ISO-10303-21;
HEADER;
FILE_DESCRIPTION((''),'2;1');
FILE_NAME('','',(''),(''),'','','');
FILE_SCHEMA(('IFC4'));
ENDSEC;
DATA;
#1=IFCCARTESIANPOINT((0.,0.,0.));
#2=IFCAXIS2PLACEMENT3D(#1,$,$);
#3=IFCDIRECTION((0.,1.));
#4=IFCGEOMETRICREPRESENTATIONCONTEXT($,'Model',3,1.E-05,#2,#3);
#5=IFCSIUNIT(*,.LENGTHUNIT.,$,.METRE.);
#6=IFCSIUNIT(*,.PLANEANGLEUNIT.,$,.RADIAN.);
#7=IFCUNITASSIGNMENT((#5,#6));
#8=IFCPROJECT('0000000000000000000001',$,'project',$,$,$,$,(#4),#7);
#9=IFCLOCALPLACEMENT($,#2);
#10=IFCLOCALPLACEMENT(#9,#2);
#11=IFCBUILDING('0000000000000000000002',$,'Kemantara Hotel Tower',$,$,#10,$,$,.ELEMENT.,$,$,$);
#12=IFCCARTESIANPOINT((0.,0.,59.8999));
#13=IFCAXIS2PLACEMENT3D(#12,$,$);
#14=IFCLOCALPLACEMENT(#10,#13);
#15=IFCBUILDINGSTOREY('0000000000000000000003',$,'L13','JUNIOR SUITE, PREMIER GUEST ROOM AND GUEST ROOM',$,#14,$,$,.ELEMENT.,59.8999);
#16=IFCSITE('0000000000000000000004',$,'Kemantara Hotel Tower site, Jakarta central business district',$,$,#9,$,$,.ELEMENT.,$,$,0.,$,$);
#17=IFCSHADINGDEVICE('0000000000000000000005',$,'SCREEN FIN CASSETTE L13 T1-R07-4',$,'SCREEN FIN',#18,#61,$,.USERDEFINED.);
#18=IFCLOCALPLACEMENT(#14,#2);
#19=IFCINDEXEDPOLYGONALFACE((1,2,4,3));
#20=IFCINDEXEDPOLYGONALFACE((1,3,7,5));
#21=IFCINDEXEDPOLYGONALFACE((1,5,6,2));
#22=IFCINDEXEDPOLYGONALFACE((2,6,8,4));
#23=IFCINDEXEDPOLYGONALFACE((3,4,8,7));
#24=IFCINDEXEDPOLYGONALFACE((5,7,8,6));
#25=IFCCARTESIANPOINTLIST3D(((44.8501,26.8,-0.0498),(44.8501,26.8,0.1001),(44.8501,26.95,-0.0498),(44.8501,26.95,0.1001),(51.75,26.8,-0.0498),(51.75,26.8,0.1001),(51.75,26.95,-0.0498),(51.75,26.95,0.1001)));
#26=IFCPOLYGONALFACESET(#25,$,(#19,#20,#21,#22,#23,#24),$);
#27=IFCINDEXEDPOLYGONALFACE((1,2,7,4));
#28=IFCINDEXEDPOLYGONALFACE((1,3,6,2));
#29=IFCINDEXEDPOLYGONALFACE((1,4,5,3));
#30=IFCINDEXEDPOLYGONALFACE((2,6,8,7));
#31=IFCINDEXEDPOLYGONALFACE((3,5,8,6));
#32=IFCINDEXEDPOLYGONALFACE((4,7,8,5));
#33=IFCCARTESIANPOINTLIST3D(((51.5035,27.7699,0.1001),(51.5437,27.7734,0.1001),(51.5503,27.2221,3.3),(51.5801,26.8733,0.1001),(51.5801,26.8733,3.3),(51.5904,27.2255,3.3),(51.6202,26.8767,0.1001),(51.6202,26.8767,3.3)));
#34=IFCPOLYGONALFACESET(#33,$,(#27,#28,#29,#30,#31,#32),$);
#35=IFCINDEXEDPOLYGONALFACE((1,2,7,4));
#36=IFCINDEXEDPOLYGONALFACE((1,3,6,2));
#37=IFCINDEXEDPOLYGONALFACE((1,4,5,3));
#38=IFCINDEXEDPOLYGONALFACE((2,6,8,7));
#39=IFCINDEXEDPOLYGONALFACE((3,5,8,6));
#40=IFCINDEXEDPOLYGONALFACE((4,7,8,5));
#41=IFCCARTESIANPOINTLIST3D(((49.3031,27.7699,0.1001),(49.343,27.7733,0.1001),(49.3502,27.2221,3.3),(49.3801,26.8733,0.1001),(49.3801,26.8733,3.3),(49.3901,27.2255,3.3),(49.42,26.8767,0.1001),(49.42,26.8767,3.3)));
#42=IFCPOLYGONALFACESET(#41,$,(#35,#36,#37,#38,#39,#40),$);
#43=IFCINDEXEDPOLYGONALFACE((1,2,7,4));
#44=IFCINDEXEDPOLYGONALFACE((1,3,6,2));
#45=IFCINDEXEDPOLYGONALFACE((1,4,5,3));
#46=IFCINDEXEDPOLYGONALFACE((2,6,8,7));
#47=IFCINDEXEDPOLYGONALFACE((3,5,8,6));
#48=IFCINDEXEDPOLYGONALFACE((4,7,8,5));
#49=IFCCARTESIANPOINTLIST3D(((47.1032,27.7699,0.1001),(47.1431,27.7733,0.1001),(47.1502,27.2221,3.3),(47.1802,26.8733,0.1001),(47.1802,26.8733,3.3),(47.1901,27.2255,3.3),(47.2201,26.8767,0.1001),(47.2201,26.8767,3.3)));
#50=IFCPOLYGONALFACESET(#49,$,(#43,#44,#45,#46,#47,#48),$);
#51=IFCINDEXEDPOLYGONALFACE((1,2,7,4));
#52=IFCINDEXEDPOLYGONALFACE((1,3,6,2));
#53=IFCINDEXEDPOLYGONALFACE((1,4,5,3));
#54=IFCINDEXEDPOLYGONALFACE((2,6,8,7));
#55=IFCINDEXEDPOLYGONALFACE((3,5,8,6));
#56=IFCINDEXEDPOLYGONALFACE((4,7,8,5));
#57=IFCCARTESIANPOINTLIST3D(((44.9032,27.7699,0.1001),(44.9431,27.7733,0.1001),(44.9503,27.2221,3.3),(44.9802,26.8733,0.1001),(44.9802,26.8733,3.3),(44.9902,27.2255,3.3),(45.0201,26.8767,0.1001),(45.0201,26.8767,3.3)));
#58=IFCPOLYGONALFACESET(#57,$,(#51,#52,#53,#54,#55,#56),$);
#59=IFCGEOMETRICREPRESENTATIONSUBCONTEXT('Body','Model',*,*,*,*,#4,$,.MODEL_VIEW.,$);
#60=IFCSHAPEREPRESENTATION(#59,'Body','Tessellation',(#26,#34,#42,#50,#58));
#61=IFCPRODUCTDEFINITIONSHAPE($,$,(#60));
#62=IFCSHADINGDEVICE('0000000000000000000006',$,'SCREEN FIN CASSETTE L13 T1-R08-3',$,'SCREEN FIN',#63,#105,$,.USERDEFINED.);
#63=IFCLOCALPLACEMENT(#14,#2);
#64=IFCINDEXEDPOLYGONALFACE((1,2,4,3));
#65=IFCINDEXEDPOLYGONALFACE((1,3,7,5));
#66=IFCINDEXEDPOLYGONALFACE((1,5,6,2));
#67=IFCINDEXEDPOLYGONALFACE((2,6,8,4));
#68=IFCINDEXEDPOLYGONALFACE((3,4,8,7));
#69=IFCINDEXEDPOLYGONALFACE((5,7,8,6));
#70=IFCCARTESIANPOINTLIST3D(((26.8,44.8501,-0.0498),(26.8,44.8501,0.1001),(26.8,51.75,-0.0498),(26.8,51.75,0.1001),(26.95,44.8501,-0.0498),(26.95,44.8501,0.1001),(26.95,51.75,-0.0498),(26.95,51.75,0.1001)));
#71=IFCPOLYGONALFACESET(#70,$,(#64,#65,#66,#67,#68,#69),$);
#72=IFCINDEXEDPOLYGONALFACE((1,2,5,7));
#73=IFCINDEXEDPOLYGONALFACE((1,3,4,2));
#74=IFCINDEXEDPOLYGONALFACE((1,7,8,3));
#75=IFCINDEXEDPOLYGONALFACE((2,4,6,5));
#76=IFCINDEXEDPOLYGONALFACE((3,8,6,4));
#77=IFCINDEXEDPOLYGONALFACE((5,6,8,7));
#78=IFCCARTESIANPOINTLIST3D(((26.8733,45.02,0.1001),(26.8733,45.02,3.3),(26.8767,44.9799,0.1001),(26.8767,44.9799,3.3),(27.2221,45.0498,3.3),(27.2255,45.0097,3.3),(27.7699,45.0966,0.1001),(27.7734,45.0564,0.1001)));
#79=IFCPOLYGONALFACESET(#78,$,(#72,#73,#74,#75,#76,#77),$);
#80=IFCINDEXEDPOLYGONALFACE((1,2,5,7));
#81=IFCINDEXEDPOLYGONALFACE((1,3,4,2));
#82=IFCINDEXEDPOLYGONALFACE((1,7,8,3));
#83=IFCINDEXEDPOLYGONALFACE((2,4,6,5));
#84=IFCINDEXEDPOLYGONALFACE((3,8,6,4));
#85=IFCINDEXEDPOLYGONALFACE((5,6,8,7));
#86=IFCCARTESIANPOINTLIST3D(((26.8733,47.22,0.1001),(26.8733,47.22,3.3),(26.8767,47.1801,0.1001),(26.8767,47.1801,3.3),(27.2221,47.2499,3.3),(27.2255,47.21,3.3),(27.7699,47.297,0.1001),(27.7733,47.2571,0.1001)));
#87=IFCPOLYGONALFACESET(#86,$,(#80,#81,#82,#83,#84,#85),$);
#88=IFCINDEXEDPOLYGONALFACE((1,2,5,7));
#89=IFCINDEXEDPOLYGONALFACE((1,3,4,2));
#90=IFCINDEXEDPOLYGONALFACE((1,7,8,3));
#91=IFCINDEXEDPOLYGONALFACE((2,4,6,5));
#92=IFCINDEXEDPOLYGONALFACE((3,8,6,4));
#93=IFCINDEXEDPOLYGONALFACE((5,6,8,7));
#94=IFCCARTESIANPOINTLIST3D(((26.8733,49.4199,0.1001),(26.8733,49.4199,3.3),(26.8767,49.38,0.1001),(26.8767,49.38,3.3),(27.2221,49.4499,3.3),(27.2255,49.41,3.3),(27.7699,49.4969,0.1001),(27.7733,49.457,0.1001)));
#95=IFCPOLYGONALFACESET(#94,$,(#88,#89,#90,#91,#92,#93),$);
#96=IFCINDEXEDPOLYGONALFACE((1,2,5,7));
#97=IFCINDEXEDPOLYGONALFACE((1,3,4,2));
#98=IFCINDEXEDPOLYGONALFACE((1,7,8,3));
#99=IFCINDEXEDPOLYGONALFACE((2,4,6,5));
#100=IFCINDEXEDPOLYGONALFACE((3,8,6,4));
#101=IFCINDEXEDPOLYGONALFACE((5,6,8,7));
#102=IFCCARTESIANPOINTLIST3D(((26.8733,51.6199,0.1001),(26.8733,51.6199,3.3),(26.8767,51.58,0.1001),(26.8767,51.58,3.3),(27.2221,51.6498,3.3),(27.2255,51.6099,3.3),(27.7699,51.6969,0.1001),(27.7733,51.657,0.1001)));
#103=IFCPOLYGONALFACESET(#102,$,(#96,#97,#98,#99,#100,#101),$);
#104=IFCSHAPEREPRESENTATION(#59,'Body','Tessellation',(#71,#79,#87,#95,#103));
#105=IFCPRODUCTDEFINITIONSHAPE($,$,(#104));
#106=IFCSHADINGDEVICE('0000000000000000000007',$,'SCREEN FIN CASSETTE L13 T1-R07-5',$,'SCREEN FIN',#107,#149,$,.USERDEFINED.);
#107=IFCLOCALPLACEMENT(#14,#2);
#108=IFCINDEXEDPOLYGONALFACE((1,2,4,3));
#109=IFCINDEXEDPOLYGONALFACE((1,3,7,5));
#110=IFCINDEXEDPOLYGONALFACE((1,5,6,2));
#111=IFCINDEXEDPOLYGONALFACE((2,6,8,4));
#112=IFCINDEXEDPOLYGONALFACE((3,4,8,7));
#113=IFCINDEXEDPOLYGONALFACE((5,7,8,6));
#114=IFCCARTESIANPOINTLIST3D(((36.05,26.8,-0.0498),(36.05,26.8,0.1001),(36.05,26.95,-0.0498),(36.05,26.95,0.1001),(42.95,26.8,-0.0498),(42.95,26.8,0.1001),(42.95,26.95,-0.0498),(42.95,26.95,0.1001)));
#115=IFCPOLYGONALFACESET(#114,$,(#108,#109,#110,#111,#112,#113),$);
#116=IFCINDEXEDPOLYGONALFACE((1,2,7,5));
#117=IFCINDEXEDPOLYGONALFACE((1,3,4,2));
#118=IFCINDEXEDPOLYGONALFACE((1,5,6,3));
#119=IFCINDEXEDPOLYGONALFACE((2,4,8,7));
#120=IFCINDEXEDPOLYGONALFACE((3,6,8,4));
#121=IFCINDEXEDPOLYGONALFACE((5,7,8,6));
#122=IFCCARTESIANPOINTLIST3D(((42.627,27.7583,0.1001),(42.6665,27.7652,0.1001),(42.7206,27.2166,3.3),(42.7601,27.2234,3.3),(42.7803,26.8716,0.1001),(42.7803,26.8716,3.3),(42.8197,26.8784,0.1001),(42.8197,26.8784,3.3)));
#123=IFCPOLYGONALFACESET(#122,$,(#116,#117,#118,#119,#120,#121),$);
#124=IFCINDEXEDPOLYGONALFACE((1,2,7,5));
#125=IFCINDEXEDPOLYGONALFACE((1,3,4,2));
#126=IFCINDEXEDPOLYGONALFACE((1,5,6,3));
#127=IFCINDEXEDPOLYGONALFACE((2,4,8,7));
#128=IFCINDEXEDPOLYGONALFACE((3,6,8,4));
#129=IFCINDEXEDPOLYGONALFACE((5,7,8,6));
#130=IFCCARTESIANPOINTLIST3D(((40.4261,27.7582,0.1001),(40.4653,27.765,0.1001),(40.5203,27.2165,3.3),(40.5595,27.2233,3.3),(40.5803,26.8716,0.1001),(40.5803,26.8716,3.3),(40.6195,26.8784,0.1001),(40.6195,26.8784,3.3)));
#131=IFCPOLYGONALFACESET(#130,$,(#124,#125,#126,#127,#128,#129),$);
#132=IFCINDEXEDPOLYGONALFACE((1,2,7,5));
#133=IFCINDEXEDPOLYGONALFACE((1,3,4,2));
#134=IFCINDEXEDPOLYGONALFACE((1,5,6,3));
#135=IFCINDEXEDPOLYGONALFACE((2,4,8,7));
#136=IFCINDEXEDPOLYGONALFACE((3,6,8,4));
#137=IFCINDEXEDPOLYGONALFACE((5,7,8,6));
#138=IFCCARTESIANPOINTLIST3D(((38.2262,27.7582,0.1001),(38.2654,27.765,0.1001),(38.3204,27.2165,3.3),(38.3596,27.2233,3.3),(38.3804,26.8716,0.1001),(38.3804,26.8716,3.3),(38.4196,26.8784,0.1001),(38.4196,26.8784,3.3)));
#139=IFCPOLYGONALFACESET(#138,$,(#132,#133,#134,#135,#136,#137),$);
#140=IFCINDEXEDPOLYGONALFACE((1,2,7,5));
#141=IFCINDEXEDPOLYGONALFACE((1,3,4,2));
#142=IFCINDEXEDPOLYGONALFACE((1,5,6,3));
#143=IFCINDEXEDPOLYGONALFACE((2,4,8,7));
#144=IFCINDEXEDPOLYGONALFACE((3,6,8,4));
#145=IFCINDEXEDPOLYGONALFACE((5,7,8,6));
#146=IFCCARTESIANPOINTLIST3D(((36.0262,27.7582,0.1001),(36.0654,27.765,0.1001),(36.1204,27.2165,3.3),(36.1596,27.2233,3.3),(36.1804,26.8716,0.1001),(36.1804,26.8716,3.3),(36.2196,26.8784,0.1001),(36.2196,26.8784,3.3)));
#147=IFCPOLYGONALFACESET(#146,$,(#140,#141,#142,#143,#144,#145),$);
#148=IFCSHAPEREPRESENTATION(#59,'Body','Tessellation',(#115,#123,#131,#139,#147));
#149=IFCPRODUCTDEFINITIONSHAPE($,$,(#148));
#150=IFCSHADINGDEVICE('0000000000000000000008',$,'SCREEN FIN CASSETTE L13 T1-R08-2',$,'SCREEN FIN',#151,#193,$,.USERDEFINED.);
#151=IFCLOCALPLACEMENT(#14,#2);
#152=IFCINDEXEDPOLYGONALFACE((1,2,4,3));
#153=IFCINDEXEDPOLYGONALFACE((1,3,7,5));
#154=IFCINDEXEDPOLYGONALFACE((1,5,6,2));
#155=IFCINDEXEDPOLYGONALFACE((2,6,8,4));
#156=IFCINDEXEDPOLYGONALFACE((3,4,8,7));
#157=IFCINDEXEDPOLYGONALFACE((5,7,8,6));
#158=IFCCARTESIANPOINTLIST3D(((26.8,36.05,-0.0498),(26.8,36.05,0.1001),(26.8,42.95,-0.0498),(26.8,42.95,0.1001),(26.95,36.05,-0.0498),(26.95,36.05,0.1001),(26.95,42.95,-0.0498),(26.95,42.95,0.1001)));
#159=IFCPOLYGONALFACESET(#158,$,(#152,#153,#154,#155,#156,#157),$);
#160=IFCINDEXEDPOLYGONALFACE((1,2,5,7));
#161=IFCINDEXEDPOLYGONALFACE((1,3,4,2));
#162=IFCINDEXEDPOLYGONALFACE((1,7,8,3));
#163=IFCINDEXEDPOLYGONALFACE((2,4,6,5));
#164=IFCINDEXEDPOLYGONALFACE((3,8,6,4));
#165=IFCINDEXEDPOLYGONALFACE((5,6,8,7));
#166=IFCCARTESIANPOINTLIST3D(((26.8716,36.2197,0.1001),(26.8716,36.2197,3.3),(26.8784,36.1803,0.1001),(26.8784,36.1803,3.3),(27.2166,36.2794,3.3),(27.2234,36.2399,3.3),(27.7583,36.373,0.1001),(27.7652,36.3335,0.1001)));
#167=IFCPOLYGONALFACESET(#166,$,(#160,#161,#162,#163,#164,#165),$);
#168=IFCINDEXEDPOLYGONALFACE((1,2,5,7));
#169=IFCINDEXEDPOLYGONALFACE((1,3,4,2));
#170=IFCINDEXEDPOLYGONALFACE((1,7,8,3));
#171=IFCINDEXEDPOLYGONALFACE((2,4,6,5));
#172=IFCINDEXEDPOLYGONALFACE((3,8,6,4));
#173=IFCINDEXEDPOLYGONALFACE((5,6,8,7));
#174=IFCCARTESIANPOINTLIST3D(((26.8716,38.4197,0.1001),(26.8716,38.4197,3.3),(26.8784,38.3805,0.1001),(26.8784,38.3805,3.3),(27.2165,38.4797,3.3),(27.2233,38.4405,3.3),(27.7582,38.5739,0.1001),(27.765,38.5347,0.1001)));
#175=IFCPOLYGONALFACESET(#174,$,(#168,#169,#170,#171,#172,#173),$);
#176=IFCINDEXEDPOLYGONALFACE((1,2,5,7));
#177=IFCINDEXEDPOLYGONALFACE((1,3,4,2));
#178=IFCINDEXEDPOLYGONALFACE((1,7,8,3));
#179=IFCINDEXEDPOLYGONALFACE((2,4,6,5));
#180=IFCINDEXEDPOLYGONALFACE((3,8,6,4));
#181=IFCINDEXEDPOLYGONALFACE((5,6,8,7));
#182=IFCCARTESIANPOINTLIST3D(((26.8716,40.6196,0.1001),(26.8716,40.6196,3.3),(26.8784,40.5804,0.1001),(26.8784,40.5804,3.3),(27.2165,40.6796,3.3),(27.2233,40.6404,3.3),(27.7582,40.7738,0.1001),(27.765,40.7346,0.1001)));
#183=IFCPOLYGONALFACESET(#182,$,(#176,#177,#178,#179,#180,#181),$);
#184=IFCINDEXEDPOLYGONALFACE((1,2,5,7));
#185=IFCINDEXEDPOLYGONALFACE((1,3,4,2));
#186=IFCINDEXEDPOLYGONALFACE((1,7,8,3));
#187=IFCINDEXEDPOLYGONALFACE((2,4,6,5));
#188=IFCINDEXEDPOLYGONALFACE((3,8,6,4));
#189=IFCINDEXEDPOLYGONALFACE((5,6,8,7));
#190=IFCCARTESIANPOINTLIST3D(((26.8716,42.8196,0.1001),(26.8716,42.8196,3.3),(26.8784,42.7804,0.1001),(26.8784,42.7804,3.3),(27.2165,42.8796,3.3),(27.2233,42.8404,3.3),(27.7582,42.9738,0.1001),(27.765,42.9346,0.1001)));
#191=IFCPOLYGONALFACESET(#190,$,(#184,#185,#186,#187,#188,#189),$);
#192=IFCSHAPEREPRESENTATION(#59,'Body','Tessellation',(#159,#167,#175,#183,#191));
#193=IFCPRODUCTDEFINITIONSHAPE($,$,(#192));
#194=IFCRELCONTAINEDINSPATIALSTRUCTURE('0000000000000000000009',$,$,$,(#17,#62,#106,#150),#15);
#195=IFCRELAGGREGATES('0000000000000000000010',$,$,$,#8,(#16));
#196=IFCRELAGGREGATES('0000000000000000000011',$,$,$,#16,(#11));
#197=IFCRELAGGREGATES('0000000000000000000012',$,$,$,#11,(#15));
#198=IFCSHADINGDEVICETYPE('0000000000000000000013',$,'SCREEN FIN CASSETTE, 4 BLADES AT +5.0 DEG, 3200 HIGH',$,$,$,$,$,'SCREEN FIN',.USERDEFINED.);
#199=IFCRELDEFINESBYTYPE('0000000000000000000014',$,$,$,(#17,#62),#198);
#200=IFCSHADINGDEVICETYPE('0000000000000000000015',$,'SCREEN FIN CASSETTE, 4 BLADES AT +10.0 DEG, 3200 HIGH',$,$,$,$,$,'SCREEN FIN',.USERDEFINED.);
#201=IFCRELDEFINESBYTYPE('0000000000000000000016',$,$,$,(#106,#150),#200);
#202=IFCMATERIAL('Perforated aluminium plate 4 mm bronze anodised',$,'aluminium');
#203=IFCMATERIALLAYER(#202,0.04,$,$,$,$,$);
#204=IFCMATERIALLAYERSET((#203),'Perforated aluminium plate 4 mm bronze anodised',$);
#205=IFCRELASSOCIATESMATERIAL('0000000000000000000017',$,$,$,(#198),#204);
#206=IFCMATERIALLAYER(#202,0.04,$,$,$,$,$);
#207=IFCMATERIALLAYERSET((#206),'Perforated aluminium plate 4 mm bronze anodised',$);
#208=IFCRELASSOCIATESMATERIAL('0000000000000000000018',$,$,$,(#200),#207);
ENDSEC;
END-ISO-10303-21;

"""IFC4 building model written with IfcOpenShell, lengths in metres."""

from ifc_helpers import new_model, si_unit, direction, frame, origin, origin_2d, place, context, subcontext, project, spatial, polyline, rectangle, outline, extrude, source, transform, mapped, material, layer, layer_set, type_object, element, save


model = new_model("IFC4")

# Units and contexts
model_context = context("Model", 3, precision=1e-05, world=origin(), true_north=direction((0.0, 1.0)))
body_context = subcontext(model_context, "Body", "Model", "MODEL_VIEW")
ifc_project = project(units=[si_unit("LENGTHUNIT", "METRE"), si_unit("PLANEANGLEUNIT", "RADIAN")], contexts=[model_context])

# Site, building, storey
site_placement = place(None, origin())
site = spatial("IfcSite", under=ifc_project, at=site_placement, Name="Kemantara Hotel Tower site, Jakarta central business district", CompositionType="ELEMENT", RefElevation=0.0)
building_placement = place(site_placement, origin())
building = spatial("IfcBuilding", under=site, at=building_placement, Name="Kemantara Hotel Tower", CompositionType="ELEMENT")
storey_placement = place(building_placement, frame((0.0, 0.0, 59.8999)))
storey = spatial("IfcBuildingStorey", under=building, at=storey_placement, Name="L13", Description="JUNIOR SUITE, PREMIER GUEST ROOM AND GUEST ROOM", CompositionType="ELEMENT", Elevation=59.8999)

# Shading devices
ifc_material_1 = material(Name="Perforated aluminium plate 4 mm bronze anodised", Category="aluminium")
ifc_layer_1 = layer(ifc_material_1, 0.04)
ifc_layer_set_1 = layer_set([ifc_layer_1], Name="Perforated aluminium plate 4 mm bronze anodised")
shading_device_type_1 = type_object("IfcShadingDeviceType", Name="SCREEN FIN CASSETTE, 4 BLADES AT +5.0 DEG, 3200 HIGH", ElementType="SCREEN FIN", PredefinedType="USERDEFINED", material=ifc_layer_set_1)
shared_shape_1 = source(origin(), body_context, "Body", "SweptSolid", [
    extrude(rectangle(XDim=6.8999, YDim=0.1499, at=origin_2d()), frame((3.3, -0.075, -0.1499), z_axis=(0.0, 0.0, 1.0), x_axis=(1.0, 0.0, 0.0)), (0.0, 0.0, 1.0), 0.1499),
    extrude(outline(polyline([(0.0, 0.0), (0.8999, 0.0), (0.3501, 3.2), (0.0, 3.2), (0.0, 0.0)])), frame((0.02, -0.0732, 0.0), z_axis=(-0.996376, -0.085056, 0.0), x_axis=(0.085056, -0.996376, 0.0)), (0.0, 0.0, 1.0), 0.0403),
    extrude(outline(polyline([(0.0, 0.0), (0.8999, 0.0), (0.3501, 3.2), (0.0, 3.2), (0.0, 0.0)])), frame((2.22, -0.0732, 0.0), z_axis=(-0.996332, -0.085575, 0.0), x_axis=(0.085575, -0.996332, 0.0)), (0.0, 0.0, 1.0), 0.04),
    extrude(outline(polyline([(0.0, 0.0), (0.8999, 0.0), (0.3501, 3.2), (0.0, 3.2), (0.0, 0.0)])), frame((4.4199, -0.0732, 0.0), z_axis=(-0.996332, -0.085575, 0.0), x_axis=(0.085575, -0.996332, 0.0)), (0.0, 0.0, 1.0), 0.04),
    extrude(outline(polyline([(0.0, 0.0), (0.8999, 0.0), (0.3501, 3.2), (0.0, 3.2), (0.0, 0.0)])), frame((6.6199, -0.0732, 0.0), z_axis=(-0.996332, -0.085575, 0.0), x_axis=(0.085575, -0.996332, 0.0)), (0.0, 0.0, 1.0), 0.04),
])
for number, where, z_axis, x_axis, name in (
    (1, (51.6001, 26.8, 0.1001), (0.0, 0.0, 1.0), (-1.0, 0.0, 0.0), "SCREEN FIN CASSETTE L13 T1-R07-4"),
    (2, (26.8, 45.0, 0.1001), (0.0, 0.0, 1.0), (0.0, 1.0, 0.0), "SCREEN FIN CASSETTE L13 T1-R08-3"),
):
    element("IfcShadingDevice", number, at=place(storey_placement, frame(where, z_axis=z_axis, x_axis=x_axis)), inside=storey, type_object=shading_device_type_1, Name=name, ObjectType="SCREEN FIN", PredefinedType="USERDEFINED", context=body_context, shape_type="MappedRepresentation", body=[
        mapped(shared_shape_1, transform((0.0, 0.0, 0.0))),
    ])
ifc_layer_2 = layer(ifc_material_1, 0.04)
ifc_layer_set_2 = layer_set([ifc_layer_2], Name="Perforated aluminium plate 4 mm bronze anodised")
shading_device_type_2 = type_object("IfcShadingDeviceType", Name="SCREEN FIN CASSETTE, 4 BLADES AT +10.0 DEG, 3200 HIGH", ElementType="SCREEN FIN", PredefinedType="USERDEFINED", material=ifc_layer_set_2)
shared_shape_2 = source(origin(), body_context, "Body", "SweptSolid", [
    extrude(rectangle(XDim=6.8999, YDim=0.1499, at=origin_2d()), frame((3.3, -0.075, -0.1499), z_axis=(0.0, 0.0, 1.0), x_axis=(1.0, 0.0, 0.0)), (0.0, 0.0, 1.0), 0.1499),
    extrude(outline(polyline([(0.0, 0.0), (0.8999, 0.0), (0.3501, 3.2), (0.0, 3.2), (0.0, 0.0)])), frame((0.0198, -0.0715, 0.0), z_axis=(-0.98539, -0.170314, 0.0), x_axis=(0.170314, -0.98539, 0.0)), (0.0, 0.0, 1.0), 0.04),
    extrude(outline(polyline([(0.0, 0.0), (0.8999, 0.0), (0.3501, 3.2), (0.0, 3.2), (0.0, 0.0)])), frame((2.2197, -0.0715, 0.0), z_axis=(-0.985212, -0.171341, 0.0), x_axis=(0.171341, -0.985212, 0.0)), (0.0, 0.0, 1.0), 0.0398),
    extrude(outline(polyline([(0.0, 0.0), (0.8999, 0.0), (0.3501, 3.2), (0.0, 3.2), (0.0, 0.0)])), frame((4.4197, -0.0715, 0.0), z_axis=(-0.985212, -0.171341, 0.0), x_axis=(0.171341, -0.985212, 0.0)), (0.0, 0.0, 1.0), 0.0398),
    extrude(outline(polyline([(0.0, 0.0), (0.8999, 0.0), (0.3501, 3.2), (0.0, 3.2), (0.0, 0.0)])), frame((6.6196, -0.0715, 0.0), z_axis=(-0.985212, -0.171341, 0.0), x_axis=(0.171341, -0.985212, 0.0)), (0.0, 0.0, 1.0), 0.0398),
])
for number, where, z_axis, x_axis, name in (
    (3, (42.8, 26.8, 0.1001), (0.0, 0.0, 1.0), (-1.0, 0.0, 0.0), "SCREEN FIN CASSETTE L13 T1-R07-5"),
    (4, (26.8, 36.2, 0.1001), (0.0, 0.0, 1.0), (0.0, 1.0, 0.0), "SCREEN FIN CASSETTE L13 T1-R08-2"),
):
    element("IfcShadingDevice", number, at=place(storey_placement, frame(where, z_axis=z_axis, x_axis=x_axis)), inside=storey, type_object=shading_device_type_2, Name=name, ObjectType="SCREEN FIN", PredefinedType="USERDEFINED", context=body_context, shape_type="MappedRepresentation", body=[
        mapped(shared_shape_2, transform((0.0, 0.0, 0.0))),
    ])

save(model, "model.ifc")
